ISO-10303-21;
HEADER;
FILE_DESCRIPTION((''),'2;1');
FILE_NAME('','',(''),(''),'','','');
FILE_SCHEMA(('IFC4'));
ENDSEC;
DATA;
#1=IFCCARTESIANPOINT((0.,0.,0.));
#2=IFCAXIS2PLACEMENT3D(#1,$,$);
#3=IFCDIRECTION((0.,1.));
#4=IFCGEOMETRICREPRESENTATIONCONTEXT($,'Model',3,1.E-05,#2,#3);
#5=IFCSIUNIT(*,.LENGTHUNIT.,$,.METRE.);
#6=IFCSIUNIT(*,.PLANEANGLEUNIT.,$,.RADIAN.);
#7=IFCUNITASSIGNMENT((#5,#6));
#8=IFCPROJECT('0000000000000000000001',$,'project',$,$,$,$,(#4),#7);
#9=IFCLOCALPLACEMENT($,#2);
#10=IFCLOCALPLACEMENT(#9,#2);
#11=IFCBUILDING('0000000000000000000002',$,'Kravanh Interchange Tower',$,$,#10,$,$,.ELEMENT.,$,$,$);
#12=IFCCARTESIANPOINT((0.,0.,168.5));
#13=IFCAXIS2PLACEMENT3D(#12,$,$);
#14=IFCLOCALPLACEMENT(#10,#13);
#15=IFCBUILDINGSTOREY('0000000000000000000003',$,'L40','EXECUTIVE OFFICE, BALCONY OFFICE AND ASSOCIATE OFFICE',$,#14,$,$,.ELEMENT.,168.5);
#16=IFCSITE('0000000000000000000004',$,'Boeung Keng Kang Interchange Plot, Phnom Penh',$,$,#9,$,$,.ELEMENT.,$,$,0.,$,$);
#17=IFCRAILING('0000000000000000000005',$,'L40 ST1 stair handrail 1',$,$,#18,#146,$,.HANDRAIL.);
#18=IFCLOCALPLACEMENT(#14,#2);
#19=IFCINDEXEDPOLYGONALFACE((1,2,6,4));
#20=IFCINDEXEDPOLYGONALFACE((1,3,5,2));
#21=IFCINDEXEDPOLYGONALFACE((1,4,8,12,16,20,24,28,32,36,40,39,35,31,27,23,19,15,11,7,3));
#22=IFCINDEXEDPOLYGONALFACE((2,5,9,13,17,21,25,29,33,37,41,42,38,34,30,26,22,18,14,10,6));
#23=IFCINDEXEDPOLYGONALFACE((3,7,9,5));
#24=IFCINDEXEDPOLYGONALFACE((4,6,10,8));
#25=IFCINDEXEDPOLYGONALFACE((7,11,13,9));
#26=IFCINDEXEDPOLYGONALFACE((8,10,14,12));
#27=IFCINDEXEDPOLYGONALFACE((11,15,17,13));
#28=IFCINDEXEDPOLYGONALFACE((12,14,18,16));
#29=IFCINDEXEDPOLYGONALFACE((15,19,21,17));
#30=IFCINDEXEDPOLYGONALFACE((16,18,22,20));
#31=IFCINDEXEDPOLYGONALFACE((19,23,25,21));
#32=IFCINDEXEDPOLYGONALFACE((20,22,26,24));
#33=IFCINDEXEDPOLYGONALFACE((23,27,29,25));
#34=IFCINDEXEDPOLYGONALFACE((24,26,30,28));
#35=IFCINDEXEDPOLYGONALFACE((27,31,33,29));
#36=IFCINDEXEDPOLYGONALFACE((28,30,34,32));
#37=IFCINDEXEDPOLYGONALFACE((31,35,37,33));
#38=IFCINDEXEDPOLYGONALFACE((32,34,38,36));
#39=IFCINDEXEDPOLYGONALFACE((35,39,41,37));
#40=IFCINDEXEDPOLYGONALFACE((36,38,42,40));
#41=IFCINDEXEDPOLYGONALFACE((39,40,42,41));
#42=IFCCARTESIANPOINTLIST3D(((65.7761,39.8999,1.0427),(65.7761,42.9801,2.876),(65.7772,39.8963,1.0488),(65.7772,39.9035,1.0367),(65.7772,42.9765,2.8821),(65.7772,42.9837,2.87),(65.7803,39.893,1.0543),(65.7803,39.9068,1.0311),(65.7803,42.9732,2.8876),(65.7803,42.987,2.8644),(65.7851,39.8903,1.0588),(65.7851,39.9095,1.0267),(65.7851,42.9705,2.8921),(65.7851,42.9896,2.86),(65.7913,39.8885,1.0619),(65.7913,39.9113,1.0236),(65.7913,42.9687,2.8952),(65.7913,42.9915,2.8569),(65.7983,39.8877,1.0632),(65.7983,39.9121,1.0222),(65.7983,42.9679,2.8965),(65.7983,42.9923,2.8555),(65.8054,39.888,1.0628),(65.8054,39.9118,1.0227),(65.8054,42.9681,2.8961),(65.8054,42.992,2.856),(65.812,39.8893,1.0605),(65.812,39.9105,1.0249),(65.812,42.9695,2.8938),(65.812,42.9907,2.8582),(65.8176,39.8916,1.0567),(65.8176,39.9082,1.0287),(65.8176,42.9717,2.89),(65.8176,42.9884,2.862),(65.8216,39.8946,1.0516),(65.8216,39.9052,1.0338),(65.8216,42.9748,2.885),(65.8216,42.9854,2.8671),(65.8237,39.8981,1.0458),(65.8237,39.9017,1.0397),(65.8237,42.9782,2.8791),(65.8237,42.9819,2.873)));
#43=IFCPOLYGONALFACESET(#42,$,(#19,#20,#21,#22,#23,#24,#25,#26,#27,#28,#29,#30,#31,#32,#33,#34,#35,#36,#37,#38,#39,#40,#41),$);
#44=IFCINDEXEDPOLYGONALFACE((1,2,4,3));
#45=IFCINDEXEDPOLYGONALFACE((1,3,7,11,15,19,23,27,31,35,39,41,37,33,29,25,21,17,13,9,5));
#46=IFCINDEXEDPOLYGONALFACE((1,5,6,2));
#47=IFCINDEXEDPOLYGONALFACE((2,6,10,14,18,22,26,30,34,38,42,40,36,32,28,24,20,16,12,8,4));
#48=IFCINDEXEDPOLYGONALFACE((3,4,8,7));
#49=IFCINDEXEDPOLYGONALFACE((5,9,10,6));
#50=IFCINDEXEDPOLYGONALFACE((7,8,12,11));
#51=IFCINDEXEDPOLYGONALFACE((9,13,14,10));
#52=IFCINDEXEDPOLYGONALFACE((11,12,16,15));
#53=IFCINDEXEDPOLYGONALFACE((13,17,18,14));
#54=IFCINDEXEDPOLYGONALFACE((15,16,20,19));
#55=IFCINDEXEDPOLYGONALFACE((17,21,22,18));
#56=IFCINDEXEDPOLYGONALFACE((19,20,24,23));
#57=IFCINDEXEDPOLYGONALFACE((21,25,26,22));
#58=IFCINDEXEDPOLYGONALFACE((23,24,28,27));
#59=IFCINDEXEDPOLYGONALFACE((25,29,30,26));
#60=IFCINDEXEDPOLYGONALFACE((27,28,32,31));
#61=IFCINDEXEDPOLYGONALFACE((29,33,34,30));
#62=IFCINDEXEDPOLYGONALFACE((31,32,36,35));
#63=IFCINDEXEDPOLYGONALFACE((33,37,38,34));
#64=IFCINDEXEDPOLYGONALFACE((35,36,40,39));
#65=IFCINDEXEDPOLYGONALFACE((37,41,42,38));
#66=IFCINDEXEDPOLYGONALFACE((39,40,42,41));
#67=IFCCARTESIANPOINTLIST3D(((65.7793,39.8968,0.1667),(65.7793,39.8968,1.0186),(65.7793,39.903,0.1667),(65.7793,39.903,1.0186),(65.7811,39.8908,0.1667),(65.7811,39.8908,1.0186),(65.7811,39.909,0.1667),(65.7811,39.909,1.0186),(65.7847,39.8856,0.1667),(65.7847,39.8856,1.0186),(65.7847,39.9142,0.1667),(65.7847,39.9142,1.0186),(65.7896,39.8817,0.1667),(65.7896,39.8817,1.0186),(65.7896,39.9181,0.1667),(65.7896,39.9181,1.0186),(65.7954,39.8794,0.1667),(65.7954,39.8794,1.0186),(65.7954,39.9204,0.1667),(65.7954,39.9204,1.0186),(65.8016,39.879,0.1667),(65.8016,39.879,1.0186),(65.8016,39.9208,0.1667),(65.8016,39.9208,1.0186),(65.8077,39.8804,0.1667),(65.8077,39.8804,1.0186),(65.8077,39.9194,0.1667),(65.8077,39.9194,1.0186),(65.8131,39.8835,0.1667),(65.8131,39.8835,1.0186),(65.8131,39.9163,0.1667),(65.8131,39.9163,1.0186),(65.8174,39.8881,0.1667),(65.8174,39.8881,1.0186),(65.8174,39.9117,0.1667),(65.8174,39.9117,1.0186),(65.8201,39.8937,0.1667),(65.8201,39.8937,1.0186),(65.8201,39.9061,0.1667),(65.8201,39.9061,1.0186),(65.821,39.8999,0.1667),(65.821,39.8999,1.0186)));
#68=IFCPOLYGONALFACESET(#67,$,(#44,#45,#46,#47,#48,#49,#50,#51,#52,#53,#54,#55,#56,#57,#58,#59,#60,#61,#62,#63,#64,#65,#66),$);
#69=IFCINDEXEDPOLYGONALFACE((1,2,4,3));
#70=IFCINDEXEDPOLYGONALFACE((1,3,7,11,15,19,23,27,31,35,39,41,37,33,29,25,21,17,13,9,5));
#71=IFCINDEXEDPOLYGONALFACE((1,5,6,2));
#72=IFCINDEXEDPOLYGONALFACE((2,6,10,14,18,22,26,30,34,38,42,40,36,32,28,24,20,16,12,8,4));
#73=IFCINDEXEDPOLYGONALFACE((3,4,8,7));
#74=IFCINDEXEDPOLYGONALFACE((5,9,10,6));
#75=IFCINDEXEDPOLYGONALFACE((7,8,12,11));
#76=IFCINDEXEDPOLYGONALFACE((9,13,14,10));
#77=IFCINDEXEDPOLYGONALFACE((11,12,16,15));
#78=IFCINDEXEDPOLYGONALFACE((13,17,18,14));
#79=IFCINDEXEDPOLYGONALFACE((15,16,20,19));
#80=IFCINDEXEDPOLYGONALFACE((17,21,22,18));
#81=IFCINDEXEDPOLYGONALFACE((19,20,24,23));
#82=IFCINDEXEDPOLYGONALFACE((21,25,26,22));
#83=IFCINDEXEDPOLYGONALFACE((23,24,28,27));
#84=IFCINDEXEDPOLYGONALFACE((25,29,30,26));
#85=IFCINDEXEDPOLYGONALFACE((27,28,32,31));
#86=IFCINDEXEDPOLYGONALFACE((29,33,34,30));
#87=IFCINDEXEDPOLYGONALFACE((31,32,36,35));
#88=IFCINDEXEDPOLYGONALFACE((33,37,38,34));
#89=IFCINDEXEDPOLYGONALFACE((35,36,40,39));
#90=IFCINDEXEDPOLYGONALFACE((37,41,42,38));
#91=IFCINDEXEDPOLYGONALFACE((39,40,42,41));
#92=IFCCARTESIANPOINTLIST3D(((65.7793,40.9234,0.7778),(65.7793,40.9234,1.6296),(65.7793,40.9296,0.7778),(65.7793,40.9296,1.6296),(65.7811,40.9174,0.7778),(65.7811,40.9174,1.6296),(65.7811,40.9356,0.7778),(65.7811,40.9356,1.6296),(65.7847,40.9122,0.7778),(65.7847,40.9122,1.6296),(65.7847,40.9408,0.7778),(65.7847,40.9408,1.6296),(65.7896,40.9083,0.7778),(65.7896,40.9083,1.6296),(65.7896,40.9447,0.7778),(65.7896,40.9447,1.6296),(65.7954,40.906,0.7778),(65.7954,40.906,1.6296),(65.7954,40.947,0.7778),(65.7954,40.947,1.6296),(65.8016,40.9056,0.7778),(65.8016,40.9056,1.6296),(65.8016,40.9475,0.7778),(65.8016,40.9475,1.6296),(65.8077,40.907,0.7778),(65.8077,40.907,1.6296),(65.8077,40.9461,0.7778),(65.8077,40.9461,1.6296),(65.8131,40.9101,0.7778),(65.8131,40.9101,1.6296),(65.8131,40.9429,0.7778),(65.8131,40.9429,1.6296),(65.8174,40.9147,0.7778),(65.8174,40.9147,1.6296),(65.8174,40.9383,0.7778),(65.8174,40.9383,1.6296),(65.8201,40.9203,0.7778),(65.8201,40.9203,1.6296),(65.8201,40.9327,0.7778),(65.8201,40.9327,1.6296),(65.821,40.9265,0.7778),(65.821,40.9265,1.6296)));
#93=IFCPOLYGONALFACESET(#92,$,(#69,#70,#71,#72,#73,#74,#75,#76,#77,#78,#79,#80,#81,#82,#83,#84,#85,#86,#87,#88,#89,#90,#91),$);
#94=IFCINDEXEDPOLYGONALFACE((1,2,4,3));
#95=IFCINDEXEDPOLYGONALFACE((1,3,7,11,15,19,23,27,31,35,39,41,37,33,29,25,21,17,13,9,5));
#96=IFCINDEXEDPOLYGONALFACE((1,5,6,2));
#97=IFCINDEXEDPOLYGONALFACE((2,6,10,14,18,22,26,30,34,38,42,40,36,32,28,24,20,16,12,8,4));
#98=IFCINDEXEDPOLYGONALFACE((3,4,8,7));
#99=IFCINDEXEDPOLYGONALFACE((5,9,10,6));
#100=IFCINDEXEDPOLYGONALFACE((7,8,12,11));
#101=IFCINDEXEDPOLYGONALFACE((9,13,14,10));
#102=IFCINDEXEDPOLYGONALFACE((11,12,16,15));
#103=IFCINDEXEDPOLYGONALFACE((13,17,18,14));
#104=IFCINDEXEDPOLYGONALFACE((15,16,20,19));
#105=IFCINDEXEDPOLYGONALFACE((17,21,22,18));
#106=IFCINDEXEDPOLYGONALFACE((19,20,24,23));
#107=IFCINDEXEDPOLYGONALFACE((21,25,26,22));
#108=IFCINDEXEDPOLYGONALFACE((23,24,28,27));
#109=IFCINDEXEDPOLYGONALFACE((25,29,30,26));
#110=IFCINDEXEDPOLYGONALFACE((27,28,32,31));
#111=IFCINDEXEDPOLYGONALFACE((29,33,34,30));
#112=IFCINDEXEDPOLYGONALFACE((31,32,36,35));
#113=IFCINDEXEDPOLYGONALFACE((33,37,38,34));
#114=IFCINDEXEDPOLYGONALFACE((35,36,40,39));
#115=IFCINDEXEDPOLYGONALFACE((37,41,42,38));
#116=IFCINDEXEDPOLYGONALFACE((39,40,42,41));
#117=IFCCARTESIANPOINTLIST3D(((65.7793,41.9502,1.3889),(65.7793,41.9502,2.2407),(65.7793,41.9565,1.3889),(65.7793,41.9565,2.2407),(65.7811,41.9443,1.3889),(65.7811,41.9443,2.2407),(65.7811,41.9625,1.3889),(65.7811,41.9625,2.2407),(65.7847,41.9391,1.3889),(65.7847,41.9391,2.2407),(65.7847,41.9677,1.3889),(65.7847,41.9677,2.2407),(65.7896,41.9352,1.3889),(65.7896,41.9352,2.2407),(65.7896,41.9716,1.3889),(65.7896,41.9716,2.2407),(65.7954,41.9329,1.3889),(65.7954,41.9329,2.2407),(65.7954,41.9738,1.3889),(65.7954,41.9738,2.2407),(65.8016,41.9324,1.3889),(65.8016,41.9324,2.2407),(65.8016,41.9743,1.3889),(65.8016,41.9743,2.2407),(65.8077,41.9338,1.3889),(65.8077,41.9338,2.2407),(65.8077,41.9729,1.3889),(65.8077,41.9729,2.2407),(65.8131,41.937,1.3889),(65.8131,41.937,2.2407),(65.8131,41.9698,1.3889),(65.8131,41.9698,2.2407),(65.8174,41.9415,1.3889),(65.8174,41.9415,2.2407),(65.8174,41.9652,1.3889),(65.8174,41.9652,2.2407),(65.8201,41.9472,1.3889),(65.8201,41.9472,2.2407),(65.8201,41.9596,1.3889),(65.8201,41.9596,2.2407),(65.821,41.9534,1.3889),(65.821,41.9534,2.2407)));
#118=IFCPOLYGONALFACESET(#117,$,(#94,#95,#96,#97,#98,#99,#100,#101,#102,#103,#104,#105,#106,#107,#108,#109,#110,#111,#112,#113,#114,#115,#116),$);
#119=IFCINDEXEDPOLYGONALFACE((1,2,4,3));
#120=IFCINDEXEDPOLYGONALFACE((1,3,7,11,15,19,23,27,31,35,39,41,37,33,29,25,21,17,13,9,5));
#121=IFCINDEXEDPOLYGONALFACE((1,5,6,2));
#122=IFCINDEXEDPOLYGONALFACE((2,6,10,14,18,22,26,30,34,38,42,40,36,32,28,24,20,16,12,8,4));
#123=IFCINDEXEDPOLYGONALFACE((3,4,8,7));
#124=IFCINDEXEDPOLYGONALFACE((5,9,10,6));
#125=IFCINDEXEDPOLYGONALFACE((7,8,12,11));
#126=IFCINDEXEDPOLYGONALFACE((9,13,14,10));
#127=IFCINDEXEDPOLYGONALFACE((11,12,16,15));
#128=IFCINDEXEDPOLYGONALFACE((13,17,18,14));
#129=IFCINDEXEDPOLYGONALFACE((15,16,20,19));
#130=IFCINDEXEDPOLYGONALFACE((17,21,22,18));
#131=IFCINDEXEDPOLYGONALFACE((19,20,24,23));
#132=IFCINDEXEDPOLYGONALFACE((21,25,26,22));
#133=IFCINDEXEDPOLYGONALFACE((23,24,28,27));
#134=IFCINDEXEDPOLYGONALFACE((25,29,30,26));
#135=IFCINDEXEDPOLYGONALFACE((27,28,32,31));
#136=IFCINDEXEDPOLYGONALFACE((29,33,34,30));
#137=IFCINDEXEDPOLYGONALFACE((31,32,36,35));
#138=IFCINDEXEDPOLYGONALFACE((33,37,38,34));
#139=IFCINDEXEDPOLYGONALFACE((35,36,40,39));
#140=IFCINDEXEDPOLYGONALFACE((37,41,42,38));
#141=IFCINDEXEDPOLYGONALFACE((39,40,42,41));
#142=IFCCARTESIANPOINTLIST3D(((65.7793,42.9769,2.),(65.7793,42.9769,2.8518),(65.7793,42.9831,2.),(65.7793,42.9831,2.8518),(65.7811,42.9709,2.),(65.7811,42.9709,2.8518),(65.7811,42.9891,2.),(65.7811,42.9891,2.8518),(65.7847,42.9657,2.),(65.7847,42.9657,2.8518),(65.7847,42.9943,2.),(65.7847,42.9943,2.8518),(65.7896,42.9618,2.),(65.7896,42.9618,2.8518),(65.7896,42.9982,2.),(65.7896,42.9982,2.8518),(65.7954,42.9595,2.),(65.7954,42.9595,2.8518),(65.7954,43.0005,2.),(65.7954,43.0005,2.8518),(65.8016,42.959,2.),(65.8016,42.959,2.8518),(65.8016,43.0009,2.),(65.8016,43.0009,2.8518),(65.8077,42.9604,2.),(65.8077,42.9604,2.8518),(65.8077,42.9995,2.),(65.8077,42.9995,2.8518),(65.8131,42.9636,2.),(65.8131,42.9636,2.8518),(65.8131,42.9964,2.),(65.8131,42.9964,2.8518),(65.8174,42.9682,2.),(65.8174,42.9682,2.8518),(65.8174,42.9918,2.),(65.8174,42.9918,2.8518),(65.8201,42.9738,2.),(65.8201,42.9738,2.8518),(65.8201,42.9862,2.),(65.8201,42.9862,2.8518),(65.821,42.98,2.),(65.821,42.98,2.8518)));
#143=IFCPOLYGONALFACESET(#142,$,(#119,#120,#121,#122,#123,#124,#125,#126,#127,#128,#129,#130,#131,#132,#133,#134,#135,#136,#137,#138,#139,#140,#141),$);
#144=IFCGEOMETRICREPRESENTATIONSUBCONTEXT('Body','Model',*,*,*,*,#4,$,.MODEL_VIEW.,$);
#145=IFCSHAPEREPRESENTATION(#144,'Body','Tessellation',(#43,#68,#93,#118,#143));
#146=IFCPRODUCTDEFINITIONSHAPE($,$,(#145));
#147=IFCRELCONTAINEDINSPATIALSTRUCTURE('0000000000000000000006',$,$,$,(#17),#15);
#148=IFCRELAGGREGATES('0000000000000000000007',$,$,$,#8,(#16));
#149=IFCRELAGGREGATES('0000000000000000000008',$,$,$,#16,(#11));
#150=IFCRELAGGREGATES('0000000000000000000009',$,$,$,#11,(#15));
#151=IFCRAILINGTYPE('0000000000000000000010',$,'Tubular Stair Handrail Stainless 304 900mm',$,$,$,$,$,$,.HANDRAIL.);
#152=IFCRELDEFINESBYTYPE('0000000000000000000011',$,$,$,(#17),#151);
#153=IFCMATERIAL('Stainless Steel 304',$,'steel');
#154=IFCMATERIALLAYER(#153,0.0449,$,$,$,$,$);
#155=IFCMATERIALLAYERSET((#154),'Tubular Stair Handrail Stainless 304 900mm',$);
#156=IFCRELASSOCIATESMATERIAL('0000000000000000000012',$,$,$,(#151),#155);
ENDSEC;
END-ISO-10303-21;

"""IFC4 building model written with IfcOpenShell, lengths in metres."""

from ifc_helpers import new_model, si_unit, direction, frame, origin, origin_2d, place, context, subcontext, project, spatial, circle, extrude, material, layer, layer_set, type_object, element, save


model = new_model("IFC4")

# Units and contexts
model_context = context("Model", 3, precision=1e-05, world=origin(), true_north=direction((0.0, 1.0)))
body_context = subcontext(model_context, "Body", "Model", "MODEL_VIEW")
ifc_project = project(units=[si_unit("LENGTHUNIT", "METRE"), si_unit("PLANEANGLEUNIT", "RADIAN")], contexts=[model_context])

# Site, building, storey
site_placement = place(None, origin())
site = spatial("IfcSite", under=ifc_project, at=site_placement, Name="Boeung Keng Kang Interchange Plot, Phnom Penh", CompositionType="ELEMENT", RefElevation=0.0)
building_placement = place(site_placement, origin())
building = spatial("IfcBuilding", under=site, at=building_placement, Name="Kravanh Interchange Tower", CompositionType="ELEMENT")
storey_placement = place(building_placement, frame((0.0, 0.0, 168.5)))
storey = spatial("IfcBuildingStorey", under=building, at=storey_placement, Name="L40", Description="EXECUTIVE OFFICE, BALCONY OFFICE AND ASSOCIATE OFFICE", CompositionType="ELEMENT", Elevation=168.5)

# Railing
ifc_material_1 = material(Name="Stainless Steel 304", Category="steel")
ifc_layer_1 = layer(ifc_material_1, 0.0449)
ifc_layer_set_1 = layer_set([ifc_layer_1], Name="Tubular Stair Handrail Stainless 304 900mm")
railing_type_1 = type_object("IfcRailingType", Name="Tubular Stair Handrail Stainless 304 900mm", PredefinedType="HANDRAIL", material=ifc_layer_set_1)
railing_1_placement = place(storey_placement, frame((65.8, 39.8999, 0.1667)))
element("IfcRailing", 1, at=railing_1_placement, inside=storey, type_object=railing_type_1, Name="L40 ST1 stair handrail 1", PredefinedType="HANDRAIL", context=body_context, shape_type="SweptSolid", body=[
    extrude(circle(Radius=0.0239, at=origin_2d()), frame((0.0, 0.0, 0.876), z_axis=(0.0, 0.859309, 0.511458), x_axis=(-1.0, 0.0, 0.0)), (0.0, 0.0, 1.0), 3.5845),
    extrude(circle(Radius=0.021, at=origin_2d()), origin(), (0.0, 0.0, 1.0), 0.8518),
    extrude(circle(Radius=0.021, at=origin_2d()), frame((0.0, 1.0266, 0.6111)), (0.0, 0.0, 1.0), 0.8518),
    extrude(circle(Radius=0.021, at=origin_2d()), frame((0.0, 2.0535, 1.2222)), (0.0, 0.0, 1.0), 0.8518),
    extrude(circle(Radius=0.021, at=origin_2d()), frame((0.0, 3.0801, 1.8333)), (0.0, 0.0, 1.0), 0.8518),
])

save(model, "model.ifc")
